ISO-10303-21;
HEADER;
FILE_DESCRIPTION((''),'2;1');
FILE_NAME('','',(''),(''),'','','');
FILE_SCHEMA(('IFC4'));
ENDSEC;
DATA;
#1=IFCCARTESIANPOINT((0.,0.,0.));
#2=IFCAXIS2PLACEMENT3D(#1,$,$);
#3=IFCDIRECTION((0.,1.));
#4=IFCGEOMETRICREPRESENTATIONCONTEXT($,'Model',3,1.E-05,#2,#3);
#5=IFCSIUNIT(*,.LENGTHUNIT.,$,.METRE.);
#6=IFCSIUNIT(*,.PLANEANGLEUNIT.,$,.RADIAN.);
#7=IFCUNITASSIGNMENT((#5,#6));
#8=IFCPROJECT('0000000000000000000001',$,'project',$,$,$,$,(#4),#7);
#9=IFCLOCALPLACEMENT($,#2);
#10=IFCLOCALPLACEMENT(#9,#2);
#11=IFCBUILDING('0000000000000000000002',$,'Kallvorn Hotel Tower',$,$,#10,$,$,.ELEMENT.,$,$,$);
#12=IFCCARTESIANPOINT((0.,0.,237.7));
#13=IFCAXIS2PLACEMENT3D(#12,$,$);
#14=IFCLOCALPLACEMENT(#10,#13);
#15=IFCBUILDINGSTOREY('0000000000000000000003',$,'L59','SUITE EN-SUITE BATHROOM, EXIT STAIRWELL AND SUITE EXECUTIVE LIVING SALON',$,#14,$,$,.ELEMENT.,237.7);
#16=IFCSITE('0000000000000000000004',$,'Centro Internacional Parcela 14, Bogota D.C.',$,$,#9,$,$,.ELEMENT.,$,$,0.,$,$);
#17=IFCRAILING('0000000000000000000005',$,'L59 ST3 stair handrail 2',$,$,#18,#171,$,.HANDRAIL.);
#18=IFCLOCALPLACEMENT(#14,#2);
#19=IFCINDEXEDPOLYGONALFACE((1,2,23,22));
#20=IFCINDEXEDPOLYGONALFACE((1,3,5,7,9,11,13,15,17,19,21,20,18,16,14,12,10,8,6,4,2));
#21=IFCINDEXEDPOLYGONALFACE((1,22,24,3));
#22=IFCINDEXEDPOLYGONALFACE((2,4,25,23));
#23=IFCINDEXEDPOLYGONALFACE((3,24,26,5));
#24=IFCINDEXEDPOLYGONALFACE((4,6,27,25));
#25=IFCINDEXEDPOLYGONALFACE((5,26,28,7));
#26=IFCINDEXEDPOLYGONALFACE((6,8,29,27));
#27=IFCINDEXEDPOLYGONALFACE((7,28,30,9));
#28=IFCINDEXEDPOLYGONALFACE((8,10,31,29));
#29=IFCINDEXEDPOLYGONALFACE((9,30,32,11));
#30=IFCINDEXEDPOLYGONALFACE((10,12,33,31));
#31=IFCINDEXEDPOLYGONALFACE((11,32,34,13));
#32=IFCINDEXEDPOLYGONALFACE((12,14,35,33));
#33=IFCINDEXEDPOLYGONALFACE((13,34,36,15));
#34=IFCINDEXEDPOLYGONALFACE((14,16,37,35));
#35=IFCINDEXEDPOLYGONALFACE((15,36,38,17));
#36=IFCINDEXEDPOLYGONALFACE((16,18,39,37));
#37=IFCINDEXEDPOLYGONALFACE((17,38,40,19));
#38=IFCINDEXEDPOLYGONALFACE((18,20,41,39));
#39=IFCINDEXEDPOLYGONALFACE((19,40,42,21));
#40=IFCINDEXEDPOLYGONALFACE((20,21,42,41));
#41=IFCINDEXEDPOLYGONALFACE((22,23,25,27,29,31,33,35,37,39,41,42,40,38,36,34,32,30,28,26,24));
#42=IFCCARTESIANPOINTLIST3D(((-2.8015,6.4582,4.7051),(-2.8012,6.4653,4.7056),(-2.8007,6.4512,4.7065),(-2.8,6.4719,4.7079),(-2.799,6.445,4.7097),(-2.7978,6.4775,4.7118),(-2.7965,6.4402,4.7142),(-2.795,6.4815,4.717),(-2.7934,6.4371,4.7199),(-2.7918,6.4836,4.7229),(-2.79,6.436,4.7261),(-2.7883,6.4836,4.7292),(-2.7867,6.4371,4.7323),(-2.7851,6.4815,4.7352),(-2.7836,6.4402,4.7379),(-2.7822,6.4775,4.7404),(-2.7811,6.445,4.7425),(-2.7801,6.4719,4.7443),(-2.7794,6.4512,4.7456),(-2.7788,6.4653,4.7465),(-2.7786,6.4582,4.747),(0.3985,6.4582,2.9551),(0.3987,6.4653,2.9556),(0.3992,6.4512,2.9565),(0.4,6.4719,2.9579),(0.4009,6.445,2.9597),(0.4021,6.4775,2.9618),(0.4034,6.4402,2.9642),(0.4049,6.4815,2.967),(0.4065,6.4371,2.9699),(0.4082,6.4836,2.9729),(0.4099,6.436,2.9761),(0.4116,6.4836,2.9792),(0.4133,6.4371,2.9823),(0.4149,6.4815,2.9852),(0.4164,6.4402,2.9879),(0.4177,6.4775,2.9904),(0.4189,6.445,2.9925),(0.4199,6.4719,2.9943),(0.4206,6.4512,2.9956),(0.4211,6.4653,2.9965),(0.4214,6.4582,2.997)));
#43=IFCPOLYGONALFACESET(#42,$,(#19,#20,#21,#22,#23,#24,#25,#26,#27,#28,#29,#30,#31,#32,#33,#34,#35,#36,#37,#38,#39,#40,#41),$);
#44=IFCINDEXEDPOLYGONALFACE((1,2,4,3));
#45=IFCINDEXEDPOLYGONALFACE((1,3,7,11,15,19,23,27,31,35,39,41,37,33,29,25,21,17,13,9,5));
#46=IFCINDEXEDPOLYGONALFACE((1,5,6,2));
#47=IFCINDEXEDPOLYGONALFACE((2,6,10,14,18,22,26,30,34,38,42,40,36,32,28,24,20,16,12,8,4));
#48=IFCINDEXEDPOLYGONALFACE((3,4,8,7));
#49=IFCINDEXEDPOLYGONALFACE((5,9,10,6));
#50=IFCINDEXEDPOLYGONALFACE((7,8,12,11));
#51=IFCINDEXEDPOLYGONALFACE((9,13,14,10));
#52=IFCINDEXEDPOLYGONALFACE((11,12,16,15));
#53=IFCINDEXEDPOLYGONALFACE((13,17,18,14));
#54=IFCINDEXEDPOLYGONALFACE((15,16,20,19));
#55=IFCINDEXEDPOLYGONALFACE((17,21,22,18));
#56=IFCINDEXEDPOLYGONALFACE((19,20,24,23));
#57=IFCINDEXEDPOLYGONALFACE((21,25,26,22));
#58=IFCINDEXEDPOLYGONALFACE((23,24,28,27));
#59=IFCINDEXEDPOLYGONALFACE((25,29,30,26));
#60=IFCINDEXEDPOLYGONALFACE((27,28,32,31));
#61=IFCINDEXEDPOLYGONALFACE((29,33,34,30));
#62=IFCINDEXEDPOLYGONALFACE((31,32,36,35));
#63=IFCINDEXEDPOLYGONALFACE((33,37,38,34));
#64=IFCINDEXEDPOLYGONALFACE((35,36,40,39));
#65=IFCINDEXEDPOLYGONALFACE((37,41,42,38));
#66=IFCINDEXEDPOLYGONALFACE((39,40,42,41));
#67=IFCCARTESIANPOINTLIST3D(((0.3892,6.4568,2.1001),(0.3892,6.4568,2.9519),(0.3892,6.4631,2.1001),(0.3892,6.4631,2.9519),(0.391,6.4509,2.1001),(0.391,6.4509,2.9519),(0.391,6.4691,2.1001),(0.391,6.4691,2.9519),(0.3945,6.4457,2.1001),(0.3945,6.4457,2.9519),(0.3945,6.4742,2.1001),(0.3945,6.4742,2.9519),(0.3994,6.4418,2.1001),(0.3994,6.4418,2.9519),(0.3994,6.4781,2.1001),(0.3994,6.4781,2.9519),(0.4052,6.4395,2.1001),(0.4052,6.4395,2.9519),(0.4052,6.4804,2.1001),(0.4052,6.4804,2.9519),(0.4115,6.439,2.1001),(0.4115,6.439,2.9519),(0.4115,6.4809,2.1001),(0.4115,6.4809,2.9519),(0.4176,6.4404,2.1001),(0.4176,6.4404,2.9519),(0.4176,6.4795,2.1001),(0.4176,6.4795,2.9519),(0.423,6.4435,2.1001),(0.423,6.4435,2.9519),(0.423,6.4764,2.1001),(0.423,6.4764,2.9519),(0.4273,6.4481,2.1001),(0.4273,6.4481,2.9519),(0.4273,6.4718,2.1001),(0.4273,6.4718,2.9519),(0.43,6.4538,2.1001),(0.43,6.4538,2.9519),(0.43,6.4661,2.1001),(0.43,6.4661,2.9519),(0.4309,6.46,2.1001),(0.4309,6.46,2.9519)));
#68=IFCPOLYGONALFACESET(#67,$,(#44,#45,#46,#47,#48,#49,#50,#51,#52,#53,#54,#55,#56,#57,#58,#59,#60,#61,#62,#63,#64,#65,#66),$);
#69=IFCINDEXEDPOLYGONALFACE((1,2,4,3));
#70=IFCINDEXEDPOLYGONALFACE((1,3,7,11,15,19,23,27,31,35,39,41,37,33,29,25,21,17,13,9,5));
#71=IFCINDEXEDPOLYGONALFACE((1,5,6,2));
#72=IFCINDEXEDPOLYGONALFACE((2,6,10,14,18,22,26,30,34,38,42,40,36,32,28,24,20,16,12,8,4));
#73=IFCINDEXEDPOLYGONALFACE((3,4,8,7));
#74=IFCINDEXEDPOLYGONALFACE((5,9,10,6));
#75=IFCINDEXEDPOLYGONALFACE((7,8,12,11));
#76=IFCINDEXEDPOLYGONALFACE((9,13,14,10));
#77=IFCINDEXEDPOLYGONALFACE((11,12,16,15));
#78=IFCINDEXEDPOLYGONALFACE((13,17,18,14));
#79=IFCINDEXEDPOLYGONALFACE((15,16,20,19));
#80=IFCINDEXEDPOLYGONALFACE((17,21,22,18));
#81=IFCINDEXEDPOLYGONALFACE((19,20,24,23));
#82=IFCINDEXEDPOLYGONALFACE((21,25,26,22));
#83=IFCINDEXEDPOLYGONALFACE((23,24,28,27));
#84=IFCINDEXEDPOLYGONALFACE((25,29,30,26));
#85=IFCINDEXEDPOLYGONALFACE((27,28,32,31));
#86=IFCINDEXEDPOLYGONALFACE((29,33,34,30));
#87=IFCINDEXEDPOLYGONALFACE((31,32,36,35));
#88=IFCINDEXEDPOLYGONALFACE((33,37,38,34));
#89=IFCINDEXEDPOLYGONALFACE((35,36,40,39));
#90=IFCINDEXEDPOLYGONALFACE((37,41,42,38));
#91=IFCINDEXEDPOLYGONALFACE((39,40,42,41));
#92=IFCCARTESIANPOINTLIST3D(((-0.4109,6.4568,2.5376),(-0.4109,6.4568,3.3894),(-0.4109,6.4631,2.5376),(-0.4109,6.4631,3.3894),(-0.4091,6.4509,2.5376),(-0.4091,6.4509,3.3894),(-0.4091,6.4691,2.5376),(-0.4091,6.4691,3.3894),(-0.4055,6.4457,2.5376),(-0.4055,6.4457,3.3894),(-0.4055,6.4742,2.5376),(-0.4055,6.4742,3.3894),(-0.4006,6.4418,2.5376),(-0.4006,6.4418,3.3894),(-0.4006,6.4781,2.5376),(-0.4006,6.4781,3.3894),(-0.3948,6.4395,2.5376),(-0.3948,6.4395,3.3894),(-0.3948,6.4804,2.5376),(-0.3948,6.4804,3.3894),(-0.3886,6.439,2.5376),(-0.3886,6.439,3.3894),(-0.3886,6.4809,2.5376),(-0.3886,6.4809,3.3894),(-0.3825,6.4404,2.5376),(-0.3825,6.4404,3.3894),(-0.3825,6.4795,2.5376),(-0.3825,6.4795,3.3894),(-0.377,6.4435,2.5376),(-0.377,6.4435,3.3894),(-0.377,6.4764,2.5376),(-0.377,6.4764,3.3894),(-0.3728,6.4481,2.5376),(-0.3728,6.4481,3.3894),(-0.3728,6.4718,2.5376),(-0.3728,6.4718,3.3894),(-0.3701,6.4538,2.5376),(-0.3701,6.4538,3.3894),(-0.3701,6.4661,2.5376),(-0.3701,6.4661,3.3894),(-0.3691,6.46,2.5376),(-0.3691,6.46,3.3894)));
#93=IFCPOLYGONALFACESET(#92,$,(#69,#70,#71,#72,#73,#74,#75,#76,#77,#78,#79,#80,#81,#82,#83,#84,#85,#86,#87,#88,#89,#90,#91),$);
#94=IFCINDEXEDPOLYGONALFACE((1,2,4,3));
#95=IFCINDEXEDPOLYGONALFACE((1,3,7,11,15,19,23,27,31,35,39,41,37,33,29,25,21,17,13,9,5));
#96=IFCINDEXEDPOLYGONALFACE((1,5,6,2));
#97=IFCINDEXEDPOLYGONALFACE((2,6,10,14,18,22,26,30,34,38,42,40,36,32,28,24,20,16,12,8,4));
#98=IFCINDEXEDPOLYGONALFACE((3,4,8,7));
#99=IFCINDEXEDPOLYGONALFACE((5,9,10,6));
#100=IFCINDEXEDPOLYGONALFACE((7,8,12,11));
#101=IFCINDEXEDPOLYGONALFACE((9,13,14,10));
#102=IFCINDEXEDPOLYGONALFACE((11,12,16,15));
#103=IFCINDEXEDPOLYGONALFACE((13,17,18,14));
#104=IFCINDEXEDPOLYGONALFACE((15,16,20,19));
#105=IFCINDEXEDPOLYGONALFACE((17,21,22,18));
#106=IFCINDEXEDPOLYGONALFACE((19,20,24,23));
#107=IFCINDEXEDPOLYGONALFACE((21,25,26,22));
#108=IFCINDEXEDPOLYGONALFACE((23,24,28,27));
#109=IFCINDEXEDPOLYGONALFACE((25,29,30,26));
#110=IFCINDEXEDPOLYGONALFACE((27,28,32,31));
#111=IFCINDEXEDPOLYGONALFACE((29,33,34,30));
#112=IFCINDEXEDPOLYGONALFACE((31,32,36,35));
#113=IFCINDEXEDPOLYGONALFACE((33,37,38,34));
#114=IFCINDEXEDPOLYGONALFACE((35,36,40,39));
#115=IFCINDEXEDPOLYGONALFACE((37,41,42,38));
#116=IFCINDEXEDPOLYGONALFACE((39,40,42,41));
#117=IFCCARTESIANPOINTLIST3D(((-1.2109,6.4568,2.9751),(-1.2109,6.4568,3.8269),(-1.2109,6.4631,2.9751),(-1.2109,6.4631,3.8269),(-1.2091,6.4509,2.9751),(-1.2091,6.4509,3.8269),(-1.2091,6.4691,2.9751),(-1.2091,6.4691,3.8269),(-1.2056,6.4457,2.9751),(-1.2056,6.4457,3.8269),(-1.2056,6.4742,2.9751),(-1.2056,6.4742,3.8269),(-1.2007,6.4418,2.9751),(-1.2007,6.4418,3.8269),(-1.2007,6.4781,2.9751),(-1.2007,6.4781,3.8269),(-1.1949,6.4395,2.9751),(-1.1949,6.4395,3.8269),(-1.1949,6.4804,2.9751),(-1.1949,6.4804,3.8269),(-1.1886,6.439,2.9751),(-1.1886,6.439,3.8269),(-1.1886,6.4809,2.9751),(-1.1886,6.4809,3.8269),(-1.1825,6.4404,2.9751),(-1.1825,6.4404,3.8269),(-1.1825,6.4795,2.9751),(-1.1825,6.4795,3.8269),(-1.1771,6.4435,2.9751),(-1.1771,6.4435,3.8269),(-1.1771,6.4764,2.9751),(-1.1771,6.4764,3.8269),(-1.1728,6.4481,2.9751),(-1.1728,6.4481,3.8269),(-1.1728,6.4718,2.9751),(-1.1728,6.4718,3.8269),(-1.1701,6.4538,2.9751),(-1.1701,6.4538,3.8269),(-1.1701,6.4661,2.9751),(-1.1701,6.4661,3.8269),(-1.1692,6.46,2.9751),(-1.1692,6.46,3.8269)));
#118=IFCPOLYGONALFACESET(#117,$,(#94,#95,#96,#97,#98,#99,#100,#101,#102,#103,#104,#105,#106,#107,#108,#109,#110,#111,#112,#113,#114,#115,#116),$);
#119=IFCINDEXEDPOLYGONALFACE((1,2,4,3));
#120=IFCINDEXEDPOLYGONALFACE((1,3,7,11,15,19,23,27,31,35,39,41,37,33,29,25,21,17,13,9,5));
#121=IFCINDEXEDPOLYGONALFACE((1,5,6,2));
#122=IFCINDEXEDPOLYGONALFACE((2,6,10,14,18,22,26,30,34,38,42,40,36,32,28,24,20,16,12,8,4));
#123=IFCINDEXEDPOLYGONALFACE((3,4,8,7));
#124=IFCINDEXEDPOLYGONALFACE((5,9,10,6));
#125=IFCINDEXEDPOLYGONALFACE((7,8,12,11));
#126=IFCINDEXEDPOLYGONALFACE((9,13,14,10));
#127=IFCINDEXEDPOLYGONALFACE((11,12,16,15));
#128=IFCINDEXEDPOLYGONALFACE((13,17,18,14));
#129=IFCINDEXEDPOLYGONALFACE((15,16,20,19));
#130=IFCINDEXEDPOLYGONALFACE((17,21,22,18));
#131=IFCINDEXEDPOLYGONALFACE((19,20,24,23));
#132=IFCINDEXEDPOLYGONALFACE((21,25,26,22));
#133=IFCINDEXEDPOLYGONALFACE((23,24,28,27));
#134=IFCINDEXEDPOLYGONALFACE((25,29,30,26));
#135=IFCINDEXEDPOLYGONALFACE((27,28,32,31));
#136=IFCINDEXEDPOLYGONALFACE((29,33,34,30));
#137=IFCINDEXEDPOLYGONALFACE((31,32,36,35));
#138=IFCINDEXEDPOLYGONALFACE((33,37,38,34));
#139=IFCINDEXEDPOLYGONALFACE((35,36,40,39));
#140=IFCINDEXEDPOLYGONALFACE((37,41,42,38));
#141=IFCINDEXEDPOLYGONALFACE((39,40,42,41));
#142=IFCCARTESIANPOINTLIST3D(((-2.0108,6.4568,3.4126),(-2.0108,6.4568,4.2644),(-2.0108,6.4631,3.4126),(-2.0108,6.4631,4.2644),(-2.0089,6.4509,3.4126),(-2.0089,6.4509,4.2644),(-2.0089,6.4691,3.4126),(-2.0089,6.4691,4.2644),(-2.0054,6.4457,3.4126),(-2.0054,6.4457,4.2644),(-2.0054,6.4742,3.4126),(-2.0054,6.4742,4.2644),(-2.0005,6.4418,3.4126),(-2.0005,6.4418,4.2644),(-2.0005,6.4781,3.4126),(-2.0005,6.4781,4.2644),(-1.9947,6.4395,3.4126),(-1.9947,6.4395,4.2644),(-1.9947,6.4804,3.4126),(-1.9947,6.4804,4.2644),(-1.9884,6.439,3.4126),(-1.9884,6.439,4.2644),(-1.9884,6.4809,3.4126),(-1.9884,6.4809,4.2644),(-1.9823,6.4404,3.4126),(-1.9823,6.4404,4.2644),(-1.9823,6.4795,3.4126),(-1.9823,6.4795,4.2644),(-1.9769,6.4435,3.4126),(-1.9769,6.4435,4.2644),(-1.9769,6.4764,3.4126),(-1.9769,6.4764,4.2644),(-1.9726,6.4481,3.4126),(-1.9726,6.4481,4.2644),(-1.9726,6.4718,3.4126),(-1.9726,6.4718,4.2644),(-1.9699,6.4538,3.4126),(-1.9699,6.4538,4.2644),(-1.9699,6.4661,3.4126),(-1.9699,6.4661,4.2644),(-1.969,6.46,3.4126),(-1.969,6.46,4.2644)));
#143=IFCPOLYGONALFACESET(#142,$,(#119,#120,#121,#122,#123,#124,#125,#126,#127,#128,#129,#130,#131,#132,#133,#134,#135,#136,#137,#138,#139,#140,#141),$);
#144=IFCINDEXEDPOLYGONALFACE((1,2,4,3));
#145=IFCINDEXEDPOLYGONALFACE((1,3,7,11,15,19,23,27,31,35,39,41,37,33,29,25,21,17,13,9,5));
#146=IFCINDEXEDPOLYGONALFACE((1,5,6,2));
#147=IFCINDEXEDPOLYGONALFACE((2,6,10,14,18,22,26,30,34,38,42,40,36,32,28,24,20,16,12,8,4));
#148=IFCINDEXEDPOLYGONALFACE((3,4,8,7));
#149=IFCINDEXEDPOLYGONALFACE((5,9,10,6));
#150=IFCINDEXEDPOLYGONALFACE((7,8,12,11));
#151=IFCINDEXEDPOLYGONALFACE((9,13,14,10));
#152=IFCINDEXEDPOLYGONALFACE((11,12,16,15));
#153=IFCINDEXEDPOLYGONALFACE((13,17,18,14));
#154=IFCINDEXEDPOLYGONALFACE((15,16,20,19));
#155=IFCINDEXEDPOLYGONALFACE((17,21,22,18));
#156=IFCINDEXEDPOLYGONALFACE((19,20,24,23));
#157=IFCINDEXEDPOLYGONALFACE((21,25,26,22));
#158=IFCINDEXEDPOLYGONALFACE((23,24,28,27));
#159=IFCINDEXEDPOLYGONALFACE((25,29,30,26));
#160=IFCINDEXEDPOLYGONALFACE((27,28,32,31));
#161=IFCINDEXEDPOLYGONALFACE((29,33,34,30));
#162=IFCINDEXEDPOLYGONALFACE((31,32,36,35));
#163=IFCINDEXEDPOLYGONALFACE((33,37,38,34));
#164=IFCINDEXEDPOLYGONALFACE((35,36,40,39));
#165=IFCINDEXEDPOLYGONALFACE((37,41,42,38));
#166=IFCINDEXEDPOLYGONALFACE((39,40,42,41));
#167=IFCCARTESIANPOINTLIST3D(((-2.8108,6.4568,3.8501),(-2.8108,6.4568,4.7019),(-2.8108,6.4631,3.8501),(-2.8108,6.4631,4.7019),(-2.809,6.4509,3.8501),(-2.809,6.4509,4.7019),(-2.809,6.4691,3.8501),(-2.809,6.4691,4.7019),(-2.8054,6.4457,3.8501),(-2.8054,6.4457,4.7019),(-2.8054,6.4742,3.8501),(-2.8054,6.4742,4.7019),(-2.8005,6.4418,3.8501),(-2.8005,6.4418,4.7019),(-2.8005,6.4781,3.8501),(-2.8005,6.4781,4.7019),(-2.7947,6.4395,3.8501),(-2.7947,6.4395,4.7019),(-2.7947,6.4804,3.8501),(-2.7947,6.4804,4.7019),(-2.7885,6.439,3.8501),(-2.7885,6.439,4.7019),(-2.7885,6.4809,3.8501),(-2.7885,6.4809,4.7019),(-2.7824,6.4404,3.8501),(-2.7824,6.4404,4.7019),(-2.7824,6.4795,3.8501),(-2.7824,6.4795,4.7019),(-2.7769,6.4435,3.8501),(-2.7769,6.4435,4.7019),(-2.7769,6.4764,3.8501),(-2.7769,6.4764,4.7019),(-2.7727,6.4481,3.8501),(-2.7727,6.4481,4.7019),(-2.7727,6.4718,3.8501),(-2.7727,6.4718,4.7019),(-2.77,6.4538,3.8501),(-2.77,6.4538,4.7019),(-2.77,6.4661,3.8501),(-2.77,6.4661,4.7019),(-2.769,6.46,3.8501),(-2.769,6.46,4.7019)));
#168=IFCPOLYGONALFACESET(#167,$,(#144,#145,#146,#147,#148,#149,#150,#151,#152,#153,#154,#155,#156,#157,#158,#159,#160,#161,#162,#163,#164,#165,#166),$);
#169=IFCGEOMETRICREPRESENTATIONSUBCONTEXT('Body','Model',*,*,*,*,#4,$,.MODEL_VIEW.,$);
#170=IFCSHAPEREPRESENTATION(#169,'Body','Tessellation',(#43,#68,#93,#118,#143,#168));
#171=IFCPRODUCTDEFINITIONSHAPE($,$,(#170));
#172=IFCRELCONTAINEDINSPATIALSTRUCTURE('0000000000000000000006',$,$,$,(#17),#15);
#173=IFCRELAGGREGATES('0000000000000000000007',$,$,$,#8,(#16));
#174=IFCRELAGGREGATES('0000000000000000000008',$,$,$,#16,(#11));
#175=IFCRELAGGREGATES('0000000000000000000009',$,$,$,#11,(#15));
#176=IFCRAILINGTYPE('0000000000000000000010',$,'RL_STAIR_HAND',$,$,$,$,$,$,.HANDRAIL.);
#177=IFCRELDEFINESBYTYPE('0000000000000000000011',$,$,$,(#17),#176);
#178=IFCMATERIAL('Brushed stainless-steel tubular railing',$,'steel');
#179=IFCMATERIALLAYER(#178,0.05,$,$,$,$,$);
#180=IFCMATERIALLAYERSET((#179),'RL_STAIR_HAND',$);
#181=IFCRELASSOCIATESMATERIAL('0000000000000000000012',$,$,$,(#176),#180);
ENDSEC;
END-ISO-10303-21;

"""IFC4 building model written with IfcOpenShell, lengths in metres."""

from ifc_helpers import new_model, si_unit, direction, frame, origin, origin_2d, place, context, subcontext, project, spatial, circle, extrude, material, layer, layer_set, type_object, element, save


model = new_model("IFC4")

# Units and contexts
model_context = context("Model", 3, precision=1e-05, world=origin(), true_north=direction((0.0, 1.0)))
body_context = subcontext(model_context, "Body", "Model", "MODEL_VIEW")
ifc_project = project(units=[si_unit("LENGTHUNIT", "METRE"), si_unit("PLANEANGLEUNIT", "RADIAN")], contexts=[model_context])

# Site, building, storey
site_placement = place(None, origin())
site = spatial("IfcSite", under=ifc_project, at=site_placement, Name="Centro Internacional Parcela 14, Bogota D.C.", CompositionType="ELEMENT", RefElevation=0.0)
building_placement = place(site_placement, origin())
building = spatial("IfcBuilding", under=site, at=building_placement, Name="Kallvorn Hotel Tower", CompositionType="ELEMENT")
storey_placement = place(building_placement, frame((0.0, 0.0, 237.7)))
storey = spatial("IfcBuildingStorey", under=building, at=storey_placement, Name="L59", Description="SUITE EN-SUITE BATHROOM, EXIT STAIRWELL AND SUITE EXECUTIVE LIVING SALON", CompositionType="ELEMENT", Elevation=237.7)

# Railing
ifc_material_1 = material(Name="Brushed stainless-steel tubular railing", Category="steel")
ifc_layer_1 = layer(ifc_material_1, 0.05)
ifc_layer_set_1 = layer_set([ifc_layer_1], Name="RL_STAIR_HAND")
railing_type_1 = type_object("IfcRailingType", Name="RL_STAIR_HAND", PredefinedType="HANDRAIL", material=ifc_layer_set_1)
railing_1_placement = place(storey_placement, frame((0.4099, 6.46, 2.1001)))
element("IfcRailing", 1, at=railing_1_placement, inside=storey, type_object=railing_type_1, Name="L59 ST3 stair handrail 2", PredefinedType="HANDRAIL", context=body_context, shape_type="SweptSolid", body=[
    extrude(circle(Radius=0.0239, at=origin_2d()), frame((0.0, 0.0, 0.876), z_axis=(-0.877368, 0.0, 0.479818), x_axis=(0.0, -1.0, 0.0)), (0.0, 0.0, 1.0), 3.6472),
    extrude(circle(Radius=0.021, at=origin_2d()), origin(), (0.0, 0.0, 1.0), 0.8518),
    extrude(circle(Radius=0.021, at=origin_2d()), frame((-0.8, 0.0, 0.4375)), (0.0, 0.0, 1.0), 0.8518),
    extrude(circle(Radius=0.021, at=origin_2d()), frame((-1.6001, 0.0, 0.875)), (0.0, 0.0, 1.0), 0.8518),
    extrude(circle(Radius=0.021, at=origin_2d()), frame((-2.3999, 0.0, 1.3125)), (0.0, 0.0, 1.0), 0.8518),
    extrude(circle(Radius=0.021, at=origin_2d()), frame((-3.2, 0.0, 1.75)), (0.0, 0.0, 1.0), 0.8518),
])

save(model, "model.ifc")
